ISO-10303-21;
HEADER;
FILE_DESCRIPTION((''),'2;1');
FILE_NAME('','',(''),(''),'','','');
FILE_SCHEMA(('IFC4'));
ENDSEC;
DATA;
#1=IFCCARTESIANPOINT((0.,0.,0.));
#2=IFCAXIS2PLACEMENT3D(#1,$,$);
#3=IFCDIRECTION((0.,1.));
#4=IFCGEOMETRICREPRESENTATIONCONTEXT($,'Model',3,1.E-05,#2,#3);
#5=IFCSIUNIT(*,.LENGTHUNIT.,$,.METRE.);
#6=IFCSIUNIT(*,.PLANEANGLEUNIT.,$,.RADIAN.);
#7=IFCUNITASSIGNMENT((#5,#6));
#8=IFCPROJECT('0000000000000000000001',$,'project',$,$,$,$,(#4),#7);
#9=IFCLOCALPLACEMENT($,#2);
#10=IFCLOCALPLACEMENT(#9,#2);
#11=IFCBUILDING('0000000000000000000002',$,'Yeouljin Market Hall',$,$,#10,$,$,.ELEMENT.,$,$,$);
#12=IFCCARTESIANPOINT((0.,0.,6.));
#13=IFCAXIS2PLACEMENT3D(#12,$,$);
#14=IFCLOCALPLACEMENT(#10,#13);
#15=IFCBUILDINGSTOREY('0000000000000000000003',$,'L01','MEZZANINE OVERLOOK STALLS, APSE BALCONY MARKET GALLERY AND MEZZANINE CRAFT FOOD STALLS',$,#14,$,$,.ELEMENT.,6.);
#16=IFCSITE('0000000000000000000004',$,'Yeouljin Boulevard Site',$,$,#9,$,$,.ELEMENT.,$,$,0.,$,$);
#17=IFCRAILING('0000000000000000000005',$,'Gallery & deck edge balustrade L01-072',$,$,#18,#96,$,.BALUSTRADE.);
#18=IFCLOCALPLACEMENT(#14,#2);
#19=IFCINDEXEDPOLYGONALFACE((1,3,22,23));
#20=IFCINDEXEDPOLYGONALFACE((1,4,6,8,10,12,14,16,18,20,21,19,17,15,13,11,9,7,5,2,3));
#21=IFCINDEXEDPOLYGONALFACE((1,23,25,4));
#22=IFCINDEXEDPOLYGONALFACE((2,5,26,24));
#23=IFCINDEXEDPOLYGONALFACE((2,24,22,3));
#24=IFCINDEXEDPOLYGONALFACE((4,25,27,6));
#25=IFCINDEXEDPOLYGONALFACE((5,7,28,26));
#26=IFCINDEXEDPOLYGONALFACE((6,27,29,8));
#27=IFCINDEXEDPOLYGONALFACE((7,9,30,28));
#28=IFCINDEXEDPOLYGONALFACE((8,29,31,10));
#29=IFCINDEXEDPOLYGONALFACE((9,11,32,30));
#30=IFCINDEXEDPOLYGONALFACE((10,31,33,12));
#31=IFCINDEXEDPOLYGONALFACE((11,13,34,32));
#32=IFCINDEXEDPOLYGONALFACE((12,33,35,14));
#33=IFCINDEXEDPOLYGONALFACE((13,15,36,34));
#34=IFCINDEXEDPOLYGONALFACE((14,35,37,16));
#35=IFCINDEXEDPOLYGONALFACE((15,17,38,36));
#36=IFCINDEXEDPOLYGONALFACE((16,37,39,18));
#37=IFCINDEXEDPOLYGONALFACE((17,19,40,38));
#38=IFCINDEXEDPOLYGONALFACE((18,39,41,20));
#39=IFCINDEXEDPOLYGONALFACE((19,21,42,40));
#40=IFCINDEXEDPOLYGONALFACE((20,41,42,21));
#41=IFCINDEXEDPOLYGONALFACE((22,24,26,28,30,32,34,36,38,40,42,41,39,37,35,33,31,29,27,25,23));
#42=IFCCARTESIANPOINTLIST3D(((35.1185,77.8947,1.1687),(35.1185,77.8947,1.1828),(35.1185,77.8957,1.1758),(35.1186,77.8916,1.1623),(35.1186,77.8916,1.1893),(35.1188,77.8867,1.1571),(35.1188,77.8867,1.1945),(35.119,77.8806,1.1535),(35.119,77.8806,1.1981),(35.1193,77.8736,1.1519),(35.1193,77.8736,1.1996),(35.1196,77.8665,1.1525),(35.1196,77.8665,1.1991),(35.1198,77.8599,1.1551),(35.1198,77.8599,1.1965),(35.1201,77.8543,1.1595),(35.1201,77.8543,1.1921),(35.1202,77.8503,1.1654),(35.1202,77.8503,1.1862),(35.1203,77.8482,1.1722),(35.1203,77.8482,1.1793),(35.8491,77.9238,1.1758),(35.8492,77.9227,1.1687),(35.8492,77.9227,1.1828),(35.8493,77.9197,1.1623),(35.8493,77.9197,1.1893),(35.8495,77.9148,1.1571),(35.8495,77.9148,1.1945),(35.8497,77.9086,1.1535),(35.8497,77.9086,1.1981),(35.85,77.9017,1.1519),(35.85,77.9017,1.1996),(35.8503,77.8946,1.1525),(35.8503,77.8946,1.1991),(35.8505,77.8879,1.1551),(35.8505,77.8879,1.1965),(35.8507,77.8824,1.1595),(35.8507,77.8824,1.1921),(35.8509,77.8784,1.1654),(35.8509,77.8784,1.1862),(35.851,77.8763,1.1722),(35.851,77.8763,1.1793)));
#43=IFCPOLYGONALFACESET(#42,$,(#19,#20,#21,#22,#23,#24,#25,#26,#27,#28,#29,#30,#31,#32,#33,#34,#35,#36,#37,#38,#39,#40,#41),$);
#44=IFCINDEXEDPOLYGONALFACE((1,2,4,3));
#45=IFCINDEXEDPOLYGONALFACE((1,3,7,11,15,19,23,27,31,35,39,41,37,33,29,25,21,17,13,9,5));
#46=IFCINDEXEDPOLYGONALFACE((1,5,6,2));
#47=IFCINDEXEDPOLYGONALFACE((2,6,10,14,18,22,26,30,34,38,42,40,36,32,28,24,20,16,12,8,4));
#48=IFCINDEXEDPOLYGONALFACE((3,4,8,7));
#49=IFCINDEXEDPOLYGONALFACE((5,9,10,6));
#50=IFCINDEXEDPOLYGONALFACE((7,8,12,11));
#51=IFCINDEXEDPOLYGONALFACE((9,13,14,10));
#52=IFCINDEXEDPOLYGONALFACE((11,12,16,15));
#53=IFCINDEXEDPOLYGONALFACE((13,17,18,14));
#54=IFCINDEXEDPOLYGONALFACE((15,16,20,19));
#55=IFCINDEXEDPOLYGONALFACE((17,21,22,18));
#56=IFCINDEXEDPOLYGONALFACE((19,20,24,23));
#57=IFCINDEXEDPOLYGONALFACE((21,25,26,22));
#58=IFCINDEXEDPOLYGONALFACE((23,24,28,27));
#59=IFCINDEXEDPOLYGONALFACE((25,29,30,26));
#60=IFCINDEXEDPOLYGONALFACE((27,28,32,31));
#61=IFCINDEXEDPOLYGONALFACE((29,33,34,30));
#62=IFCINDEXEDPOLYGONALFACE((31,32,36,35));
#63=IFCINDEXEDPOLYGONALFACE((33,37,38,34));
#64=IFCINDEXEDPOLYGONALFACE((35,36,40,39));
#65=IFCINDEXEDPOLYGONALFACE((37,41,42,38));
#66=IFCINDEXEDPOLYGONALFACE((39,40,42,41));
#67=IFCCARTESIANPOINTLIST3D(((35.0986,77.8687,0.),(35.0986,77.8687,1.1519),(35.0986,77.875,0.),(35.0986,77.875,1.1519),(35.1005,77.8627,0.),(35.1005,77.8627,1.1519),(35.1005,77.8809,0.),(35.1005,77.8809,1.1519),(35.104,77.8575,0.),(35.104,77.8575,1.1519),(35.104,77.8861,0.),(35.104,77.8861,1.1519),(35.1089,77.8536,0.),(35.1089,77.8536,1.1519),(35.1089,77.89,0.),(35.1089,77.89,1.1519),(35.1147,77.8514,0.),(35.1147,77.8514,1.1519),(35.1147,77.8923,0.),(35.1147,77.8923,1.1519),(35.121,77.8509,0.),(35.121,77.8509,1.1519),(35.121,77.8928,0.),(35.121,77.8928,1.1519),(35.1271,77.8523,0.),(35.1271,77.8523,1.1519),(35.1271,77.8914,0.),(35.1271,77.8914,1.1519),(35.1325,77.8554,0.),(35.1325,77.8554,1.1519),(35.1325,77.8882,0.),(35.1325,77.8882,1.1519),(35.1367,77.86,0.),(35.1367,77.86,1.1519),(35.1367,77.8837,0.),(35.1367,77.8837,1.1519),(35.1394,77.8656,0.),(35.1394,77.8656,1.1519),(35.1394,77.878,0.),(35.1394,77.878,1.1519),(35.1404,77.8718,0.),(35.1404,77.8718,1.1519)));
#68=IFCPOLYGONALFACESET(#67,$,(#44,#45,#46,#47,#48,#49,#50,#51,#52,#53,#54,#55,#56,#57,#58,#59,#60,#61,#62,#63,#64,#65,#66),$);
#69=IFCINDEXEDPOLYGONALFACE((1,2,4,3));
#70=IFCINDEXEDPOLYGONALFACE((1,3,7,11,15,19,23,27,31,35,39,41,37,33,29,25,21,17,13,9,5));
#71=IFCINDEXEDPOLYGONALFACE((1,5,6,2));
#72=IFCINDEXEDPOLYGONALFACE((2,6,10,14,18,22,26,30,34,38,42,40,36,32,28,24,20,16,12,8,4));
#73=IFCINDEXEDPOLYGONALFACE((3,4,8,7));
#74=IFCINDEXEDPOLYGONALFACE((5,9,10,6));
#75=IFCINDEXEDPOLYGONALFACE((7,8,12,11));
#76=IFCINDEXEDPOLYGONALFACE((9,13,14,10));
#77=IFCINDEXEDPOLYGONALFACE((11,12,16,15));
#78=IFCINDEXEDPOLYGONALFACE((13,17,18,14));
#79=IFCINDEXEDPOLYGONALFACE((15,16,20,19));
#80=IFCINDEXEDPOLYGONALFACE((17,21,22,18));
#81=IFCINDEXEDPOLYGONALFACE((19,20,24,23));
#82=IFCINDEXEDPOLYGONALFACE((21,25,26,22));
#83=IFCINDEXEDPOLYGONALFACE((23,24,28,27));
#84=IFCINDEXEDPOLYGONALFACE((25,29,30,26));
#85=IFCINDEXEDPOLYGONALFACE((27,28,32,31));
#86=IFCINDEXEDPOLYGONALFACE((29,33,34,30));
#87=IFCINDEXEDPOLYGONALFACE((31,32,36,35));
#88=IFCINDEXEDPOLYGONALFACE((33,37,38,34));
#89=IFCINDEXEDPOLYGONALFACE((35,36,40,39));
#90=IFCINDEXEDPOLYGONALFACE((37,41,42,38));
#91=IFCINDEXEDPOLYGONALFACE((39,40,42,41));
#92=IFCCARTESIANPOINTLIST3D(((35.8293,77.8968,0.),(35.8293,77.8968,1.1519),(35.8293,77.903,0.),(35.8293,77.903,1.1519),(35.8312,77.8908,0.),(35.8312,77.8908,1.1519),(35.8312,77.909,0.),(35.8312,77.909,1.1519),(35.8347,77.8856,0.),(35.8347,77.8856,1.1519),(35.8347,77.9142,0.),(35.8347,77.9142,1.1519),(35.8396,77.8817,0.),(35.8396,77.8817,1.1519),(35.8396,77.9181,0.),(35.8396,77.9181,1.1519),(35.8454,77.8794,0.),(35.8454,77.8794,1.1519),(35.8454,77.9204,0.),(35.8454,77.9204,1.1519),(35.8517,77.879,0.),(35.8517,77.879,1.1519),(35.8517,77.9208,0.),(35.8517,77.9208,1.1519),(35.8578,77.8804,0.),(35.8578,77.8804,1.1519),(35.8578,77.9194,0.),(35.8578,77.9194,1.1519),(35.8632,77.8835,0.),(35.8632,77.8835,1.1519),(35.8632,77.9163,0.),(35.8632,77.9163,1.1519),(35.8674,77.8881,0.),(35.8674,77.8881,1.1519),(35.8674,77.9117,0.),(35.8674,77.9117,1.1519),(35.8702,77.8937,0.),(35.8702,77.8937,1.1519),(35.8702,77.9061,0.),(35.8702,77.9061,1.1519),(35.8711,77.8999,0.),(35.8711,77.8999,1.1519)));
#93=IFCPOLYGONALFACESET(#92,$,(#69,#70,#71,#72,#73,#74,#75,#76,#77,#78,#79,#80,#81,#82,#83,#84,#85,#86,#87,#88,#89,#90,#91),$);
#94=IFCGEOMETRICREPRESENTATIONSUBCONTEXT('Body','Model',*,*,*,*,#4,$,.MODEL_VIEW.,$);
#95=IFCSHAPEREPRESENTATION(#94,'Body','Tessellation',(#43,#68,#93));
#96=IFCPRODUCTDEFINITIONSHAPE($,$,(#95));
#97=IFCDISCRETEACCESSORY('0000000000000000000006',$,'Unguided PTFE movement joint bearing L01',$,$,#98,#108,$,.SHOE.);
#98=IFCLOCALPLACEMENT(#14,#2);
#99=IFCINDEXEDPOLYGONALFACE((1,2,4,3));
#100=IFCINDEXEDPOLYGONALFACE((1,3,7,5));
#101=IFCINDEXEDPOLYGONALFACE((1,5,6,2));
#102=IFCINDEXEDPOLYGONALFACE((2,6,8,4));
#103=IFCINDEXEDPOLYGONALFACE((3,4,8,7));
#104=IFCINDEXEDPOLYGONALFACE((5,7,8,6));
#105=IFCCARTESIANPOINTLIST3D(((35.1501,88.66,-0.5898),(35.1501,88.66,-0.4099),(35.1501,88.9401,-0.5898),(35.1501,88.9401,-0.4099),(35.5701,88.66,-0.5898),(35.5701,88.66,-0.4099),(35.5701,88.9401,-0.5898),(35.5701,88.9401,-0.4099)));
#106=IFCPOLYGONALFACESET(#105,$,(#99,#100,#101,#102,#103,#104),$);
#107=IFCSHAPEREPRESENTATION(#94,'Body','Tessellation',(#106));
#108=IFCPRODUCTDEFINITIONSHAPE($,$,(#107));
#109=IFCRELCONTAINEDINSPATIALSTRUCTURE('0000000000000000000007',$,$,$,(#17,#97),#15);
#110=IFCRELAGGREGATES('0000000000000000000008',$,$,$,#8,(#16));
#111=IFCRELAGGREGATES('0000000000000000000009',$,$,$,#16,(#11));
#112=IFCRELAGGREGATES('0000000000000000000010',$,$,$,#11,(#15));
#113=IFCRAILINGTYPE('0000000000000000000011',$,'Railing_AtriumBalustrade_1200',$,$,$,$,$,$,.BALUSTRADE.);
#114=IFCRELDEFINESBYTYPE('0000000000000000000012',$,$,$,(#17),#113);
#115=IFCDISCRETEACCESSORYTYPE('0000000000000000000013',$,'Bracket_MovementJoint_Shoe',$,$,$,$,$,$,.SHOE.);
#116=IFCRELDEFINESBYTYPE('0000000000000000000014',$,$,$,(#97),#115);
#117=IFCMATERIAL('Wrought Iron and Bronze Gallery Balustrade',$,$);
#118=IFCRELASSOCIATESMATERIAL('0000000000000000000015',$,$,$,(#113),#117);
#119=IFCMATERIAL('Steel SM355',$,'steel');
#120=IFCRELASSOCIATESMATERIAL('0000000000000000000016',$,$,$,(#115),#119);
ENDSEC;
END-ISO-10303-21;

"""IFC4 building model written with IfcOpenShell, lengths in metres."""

from ifc_helpers import new_model, si_unit, direction, frame, origin, origin_2d, place, context, subcontext, project, spatial, rectangle, circle, extrude, material, type_object, element, save


model = new_model("IFC4")

# Units and contexts
model_context = context("Model", 3, precision=1e-05, world=origin(), true_north=direction((0.0, 1.0)))
body_context = subcontext(model_context, "Body", "Model", "MODEL_VIEW")
ifc_project = project(units=[si_unit("LENGTHUNIT", "METRE"), si_unit("PLANEANGLEUNIT", "RADIAN")], contexts=[model_context])

# Site, building, storey
site_placement = place(None, origin())
site = spatial("IfcSite", under=ifc_project, at=site_placement, Name="Yeouljin Boulevard Site", CompositionType="ELEMENT", RefElevation=0.0)
building_placement = place(site_placement, origin())
building = spatial("IfcBuilding", under=site, at=building_placement, Name="Yeouljin Market Hall", CompositionType="ELEMENT")
storey_placement = place(building_placement, frame((0.0, 0.0, 6.0)))
storey = spatial("IfcBuildingStorey", under=building, at=storey_placement, Name="L01", Description="MEZZANINE OVERLOOK STALLS, APSE BALCONY MARKET GALLERY AND MEZZANINE CRAFT FOOD STALLS", CompositionType="ELEMENT", Elevation=6.0)

# Railing
ifc_material_1 = material(Name="Wrought Iron and Bronze Gallery Balustrade")
railing_type = type_object("IfcRailingType", Name="Railing_AtriumBalustrade_1200", PredefinedType="BALUSTRADE", material=ifc_material_1)
railing_placement = place(storey_placement, frame((35.1194, 77.8718, 0.0)))
element("IfcRailing", 1, at=railing_placement, inside=storey, type_object=railing_type, Name="Gallery & deck edge balustrade L01-072", PredefinedType="BALUSTRADE", context=body_context, shape_type="SweptSolid", body=[
    extrude(circle(Radius=0.0239, at=origin_2d()), frame((0.0, 0.0, 1.1758), z_axis=(0.999263, 0.038395, 0.0), x_axis=(-0.038395, 0.999263, 0.0)), (0.0, 0.0, 1.0), 0.7312),
    extrude(circle(Radius=0.021, at=origin_2d()), origin(), (0.0, 0.0, 1.0), 1.1519),
    extrude(circle(Radius=0.021, at=origin_2d()), frame((0.7307, 0.0281, 0.0)), (0.0, 0.0, 1.0), 1.1519),
])

# Discrete accessory
ifc_material_2 = material(Name="Steel SM355", Category="steel")
discrete_accessory_type = type_object("IfcDiscreteAccessoryType", Name="Bracket_MovementJoint_Shoe", PredefinedType="SHOE", material=ifc_material_2)
discrete_accessory_placement = place(storey_placement, frame((35.3601, 88.8, -0.5898), z_axis=(0.0, 0.0, 1.0), x_axis=(1.0, 0.0, 0.0)))
element("IfcDiscreteAccessory", 2, at=discrete_accessory_placement, inside=storey, type_object=discrete_accessory_type, Name="Unguided PTFE movement joint bearing L01", PredefinedType="SHOE", context=body_context, shape_type="SweptSolid", body=[
    extrude(rectangle(XDim=0.4199, YDim=0.28, at=origin_2d()), origin(), (0.0, 0.0, 1.0), 0.1799),
])

save(model, "model.ifc")
